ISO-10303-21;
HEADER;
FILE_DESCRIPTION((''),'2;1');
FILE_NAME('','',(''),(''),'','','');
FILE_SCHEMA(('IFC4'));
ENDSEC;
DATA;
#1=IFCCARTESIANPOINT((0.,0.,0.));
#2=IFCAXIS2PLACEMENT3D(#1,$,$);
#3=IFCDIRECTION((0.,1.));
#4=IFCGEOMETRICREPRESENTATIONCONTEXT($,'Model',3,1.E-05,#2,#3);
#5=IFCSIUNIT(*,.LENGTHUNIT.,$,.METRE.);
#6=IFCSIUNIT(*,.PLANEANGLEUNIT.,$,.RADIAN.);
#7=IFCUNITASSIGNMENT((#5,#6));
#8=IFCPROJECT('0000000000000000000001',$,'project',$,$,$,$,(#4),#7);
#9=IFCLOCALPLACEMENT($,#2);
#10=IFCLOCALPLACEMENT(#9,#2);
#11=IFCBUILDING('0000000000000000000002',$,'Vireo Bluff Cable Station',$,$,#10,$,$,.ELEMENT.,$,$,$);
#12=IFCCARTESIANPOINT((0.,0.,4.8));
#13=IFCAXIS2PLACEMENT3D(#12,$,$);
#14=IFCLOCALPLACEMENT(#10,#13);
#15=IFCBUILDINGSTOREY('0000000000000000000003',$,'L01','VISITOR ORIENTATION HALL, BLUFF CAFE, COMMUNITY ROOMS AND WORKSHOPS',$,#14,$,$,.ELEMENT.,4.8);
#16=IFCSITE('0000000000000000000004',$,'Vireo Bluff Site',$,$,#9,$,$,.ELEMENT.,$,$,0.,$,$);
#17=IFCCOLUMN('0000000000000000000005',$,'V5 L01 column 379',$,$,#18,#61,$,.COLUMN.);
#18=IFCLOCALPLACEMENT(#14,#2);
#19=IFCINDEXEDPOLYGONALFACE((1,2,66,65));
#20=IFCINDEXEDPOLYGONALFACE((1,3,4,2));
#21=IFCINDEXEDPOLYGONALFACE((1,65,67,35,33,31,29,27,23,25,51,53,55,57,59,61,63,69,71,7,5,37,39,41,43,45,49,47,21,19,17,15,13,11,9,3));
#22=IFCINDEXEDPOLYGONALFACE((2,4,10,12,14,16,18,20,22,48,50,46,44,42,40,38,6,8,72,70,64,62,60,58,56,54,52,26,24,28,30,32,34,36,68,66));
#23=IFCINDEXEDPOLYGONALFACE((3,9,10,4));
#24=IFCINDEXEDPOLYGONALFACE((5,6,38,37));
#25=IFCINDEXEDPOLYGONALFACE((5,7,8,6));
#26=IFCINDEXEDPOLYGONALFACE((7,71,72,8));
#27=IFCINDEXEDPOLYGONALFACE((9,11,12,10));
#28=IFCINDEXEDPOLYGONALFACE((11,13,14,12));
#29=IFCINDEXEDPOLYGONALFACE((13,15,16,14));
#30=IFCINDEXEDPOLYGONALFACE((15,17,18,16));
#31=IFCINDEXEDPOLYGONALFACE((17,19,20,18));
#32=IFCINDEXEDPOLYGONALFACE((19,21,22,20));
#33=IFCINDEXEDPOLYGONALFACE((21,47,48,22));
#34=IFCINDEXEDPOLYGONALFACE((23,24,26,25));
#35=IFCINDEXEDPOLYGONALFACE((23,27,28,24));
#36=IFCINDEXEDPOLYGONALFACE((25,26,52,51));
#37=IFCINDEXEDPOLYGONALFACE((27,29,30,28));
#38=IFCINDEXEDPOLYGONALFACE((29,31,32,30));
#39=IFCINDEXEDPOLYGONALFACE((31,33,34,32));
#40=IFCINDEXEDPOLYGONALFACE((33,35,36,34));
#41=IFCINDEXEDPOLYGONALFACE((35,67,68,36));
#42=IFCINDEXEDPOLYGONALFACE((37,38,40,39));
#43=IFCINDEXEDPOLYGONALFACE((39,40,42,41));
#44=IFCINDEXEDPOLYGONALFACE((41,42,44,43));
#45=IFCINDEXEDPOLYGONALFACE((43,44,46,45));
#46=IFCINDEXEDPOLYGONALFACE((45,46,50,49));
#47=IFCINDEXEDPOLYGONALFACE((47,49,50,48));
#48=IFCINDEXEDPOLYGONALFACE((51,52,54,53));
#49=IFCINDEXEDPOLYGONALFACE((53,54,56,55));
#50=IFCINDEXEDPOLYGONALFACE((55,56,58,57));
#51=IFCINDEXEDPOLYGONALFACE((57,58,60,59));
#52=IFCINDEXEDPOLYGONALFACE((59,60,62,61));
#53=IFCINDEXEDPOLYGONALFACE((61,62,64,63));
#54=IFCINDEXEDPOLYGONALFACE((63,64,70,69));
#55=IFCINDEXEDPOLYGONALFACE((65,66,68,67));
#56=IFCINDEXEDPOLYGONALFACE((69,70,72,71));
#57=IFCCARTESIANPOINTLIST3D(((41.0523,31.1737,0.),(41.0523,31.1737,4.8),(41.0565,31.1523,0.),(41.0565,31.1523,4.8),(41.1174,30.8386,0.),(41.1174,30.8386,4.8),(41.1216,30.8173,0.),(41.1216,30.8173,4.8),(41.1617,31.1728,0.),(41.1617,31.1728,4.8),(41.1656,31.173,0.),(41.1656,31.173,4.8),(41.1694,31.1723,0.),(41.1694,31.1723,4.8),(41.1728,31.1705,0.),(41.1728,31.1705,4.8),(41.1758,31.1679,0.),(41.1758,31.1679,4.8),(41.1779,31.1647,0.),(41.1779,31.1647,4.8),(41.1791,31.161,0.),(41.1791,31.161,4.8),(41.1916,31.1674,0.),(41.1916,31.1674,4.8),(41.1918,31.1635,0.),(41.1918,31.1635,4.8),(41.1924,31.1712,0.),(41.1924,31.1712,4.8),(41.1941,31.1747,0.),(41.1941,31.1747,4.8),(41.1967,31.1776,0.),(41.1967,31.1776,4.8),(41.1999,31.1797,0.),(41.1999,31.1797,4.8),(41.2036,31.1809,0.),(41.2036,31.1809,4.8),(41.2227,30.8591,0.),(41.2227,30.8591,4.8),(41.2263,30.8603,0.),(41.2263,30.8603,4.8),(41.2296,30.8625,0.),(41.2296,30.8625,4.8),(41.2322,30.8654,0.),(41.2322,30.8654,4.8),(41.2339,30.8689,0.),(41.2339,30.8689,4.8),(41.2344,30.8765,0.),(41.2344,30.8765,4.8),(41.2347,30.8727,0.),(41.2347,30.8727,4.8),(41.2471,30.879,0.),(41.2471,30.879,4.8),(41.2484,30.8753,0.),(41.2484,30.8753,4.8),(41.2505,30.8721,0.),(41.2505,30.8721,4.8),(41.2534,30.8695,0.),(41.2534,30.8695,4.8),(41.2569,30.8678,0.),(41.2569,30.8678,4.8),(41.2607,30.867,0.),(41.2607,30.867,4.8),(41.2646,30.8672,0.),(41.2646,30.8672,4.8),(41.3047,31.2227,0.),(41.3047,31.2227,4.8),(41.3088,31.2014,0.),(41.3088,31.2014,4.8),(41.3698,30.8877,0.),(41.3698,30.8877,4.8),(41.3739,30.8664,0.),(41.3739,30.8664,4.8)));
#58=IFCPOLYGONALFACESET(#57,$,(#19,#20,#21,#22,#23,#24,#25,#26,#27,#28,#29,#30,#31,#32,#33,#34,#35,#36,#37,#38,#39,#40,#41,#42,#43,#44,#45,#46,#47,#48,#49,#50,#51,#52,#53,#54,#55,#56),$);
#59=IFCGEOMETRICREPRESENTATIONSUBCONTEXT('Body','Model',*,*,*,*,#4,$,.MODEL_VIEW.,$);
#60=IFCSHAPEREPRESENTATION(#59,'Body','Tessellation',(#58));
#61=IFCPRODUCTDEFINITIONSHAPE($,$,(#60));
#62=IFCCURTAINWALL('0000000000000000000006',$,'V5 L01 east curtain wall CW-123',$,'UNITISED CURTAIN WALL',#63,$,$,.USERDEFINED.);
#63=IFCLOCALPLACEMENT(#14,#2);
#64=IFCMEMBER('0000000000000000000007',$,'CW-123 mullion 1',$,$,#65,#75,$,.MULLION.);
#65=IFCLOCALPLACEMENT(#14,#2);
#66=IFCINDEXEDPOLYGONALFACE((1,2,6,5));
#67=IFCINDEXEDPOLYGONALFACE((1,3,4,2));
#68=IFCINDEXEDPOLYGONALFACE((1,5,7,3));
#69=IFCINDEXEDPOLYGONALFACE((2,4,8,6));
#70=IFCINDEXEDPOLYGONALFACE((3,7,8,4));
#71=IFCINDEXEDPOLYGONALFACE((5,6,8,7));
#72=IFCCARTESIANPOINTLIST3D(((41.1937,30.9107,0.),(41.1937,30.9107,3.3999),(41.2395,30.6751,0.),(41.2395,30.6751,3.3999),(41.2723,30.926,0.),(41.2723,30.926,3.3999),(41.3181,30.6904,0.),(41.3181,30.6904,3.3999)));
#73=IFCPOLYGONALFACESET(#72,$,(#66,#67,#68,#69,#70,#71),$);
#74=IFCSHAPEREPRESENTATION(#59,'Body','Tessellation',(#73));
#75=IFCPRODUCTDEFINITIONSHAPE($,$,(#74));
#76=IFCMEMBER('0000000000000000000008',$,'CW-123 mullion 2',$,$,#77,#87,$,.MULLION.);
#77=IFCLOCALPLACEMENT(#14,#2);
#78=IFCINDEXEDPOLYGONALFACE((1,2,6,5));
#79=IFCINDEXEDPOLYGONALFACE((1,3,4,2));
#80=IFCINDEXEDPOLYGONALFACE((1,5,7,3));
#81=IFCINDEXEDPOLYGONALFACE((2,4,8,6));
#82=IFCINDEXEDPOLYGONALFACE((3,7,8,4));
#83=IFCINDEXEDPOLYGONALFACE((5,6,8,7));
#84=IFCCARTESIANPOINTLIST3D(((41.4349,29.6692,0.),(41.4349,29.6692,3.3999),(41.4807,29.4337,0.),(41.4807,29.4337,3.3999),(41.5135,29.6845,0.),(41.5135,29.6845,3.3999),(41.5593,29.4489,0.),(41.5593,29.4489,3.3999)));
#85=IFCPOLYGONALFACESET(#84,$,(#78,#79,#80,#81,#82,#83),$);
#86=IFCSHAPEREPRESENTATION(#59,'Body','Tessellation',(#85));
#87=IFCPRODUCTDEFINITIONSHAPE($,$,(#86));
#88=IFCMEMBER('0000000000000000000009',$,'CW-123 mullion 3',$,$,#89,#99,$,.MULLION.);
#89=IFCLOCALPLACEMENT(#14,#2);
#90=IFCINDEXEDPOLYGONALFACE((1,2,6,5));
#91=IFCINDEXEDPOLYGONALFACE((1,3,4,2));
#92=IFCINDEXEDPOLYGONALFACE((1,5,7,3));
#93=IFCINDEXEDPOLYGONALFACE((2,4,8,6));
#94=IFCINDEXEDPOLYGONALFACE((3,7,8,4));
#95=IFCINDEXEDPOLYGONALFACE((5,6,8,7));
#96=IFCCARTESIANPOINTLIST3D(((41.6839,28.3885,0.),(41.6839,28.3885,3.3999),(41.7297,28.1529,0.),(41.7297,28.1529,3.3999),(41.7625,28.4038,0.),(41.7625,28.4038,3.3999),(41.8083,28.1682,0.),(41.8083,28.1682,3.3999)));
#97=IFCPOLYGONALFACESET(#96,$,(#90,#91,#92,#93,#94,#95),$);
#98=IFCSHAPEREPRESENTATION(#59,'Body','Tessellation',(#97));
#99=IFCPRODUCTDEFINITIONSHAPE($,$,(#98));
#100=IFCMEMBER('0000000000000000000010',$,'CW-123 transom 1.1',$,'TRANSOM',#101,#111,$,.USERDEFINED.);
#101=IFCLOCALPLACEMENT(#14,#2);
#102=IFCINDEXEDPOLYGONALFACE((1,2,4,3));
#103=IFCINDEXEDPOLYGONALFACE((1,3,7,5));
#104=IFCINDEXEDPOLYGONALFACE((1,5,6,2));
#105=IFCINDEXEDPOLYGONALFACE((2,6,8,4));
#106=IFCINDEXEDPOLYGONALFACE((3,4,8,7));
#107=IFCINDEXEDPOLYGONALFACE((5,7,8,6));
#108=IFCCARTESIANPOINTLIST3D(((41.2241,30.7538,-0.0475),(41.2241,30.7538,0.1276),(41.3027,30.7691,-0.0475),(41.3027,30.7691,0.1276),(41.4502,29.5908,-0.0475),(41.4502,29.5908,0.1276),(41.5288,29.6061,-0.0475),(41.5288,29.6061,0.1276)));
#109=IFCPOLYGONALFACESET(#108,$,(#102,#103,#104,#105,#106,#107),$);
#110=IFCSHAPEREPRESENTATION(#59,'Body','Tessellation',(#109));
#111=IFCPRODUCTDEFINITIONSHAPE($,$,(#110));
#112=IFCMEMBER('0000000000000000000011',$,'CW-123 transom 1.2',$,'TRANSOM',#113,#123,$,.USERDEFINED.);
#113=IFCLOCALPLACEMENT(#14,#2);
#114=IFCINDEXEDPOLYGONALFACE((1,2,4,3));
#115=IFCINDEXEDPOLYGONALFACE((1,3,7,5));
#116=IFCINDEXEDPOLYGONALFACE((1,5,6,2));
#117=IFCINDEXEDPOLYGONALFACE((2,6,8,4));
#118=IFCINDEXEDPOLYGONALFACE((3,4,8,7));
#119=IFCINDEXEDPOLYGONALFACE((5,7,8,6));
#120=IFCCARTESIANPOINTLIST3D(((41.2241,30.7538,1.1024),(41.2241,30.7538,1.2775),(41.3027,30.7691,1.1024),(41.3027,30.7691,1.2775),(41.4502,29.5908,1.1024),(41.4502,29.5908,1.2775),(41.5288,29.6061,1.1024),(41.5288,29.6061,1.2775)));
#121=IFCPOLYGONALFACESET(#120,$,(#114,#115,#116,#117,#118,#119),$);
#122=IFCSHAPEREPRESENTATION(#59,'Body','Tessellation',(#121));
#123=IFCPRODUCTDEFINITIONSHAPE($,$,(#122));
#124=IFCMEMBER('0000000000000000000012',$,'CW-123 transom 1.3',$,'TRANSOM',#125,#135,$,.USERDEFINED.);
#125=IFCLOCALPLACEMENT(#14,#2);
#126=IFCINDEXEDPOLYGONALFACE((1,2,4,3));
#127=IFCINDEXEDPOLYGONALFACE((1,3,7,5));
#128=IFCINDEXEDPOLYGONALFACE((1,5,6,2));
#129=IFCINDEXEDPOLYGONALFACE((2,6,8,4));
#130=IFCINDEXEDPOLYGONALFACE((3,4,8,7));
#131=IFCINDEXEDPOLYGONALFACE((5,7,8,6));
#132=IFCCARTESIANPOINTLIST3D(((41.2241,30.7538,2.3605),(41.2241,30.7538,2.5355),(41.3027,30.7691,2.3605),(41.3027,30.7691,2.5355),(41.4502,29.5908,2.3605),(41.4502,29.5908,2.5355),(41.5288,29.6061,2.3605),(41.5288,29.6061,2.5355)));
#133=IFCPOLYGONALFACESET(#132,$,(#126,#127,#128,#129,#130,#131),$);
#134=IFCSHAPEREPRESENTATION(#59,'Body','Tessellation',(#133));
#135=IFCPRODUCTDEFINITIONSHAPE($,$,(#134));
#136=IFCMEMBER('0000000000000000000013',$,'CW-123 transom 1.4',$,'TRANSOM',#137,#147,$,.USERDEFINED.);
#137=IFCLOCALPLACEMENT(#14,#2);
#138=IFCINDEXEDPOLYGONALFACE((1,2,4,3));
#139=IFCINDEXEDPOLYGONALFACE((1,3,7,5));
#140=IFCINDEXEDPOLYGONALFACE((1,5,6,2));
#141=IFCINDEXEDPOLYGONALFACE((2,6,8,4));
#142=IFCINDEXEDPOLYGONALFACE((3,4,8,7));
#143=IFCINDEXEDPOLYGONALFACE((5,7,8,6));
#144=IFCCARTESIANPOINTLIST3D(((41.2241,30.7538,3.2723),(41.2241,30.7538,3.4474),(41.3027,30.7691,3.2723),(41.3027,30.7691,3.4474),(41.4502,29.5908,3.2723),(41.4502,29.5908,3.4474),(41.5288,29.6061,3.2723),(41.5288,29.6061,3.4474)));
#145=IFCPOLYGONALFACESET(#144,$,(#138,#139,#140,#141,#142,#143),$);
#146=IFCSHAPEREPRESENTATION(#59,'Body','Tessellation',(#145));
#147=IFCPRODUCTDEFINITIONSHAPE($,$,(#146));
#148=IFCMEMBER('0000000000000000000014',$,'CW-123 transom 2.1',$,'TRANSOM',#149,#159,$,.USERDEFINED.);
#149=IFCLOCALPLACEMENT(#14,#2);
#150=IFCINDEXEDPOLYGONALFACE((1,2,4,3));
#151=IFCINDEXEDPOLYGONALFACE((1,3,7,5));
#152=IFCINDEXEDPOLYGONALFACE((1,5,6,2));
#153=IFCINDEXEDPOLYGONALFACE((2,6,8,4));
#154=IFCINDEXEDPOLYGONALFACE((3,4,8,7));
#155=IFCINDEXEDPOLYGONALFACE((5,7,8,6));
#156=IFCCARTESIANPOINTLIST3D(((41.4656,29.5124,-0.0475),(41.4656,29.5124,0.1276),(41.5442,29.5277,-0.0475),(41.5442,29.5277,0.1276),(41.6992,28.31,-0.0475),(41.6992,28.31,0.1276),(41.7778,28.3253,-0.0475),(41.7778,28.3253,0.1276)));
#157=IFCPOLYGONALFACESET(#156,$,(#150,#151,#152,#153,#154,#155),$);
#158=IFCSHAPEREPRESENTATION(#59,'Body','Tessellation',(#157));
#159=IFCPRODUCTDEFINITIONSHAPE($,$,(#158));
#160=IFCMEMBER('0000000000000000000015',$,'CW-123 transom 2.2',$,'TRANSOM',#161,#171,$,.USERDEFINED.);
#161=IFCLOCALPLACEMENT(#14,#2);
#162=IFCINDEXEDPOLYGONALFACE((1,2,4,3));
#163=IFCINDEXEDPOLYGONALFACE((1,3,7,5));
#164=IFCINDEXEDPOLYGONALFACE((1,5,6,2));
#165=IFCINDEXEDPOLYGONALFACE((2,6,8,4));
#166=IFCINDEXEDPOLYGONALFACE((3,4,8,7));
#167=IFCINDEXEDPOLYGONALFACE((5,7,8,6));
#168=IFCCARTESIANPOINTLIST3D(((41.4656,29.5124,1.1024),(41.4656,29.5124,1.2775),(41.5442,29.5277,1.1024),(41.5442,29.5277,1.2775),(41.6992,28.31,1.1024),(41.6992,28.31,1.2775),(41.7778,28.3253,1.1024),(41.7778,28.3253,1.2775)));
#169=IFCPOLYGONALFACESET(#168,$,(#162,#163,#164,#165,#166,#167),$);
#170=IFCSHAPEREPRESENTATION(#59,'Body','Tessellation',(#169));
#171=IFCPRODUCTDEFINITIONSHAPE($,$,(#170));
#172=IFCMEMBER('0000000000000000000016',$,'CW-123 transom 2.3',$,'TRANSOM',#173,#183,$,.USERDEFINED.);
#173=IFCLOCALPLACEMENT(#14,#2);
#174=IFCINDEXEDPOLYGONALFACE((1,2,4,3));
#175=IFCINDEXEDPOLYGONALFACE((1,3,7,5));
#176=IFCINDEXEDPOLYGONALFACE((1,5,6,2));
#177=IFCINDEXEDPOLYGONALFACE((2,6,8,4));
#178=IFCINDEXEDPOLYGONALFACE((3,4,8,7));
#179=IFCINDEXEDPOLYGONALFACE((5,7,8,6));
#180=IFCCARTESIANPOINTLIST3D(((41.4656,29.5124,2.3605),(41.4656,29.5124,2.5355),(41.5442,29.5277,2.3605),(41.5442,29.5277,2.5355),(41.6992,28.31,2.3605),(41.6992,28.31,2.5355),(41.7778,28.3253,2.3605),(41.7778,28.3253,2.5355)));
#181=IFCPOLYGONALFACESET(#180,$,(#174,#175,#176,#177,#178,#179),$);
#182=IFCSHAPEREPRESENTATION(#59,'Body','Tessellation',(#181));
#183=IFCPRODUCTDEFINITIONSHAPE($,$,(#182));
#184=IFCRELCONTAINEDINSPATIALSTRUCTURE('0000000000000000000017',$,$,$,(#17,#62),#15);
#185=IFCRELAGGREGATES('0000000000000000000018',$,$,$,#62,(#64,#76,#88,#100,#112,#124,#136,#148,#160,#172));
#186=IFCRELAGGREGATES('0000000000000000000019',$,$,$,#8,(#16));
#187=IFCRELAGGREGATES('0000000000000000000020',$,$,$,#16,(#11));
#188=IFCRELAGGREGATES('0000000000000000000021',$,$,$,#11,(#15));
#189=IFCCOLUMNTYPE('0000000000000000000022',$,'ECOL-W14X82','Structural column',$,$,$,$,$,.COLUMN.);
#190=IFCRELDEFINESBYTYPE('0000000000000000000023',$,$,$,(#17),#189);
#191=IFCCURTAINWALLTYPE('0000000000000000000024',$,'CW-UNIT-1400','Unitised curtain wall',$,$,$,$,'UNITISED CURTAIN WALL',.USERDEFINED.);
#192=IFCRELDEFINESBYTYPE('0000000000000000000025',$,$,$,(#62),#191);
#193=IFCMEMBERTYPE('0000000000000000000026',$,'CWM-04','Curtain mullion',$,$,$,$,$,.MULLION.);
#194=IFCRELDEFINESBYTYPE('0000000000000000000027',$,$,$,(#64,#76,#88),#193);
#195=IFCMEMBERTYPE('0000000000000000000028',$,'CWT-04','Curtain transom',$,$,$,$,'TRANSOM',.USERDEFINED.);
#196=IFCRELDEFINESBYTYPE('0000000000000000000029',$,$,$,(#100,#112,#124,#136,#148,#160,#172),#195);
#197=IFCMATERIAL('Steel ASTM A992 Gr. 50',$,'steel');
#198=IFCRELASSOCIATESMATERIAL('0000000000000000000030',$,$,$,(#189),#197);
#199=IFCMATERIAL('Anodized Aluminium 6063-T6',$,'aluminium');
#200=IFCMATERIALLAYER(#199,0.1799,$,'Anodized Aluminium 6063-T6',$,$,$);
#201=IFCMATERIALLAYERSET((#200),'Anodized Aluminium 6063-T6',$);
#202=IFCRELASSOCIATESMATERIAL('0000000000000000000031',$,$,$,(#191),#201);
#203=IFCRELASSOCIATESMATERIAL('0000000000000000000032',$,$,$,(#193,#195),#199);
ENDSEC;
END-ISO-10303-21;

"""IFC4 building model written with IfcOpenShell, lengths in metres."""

from ifc_helpers import new_model, si_unit, direction, frame, origin, origin_2d, place, context, subcontext, project, spatial, rectangle, i_section, extrude, material, layer, layer_set, material_profile, profile_set, type_object, element, aggregate, save


model = new_model("IFC4")

# Units and contexts
model_context = context("Model", 3, precision=1e-05, world=origin(), true_north=direction((0.0, 1.0)))
body_context = subcontext(model_context, "Body", "Model", "MODEL_VIEW")
ifc_project = project(units=[si_unit("LENGTHUNIT", "METRE"), si_unit("PLANEANGLEUNIT", "RADIAN")], contexts=[model_context])

# Site, building, storey
site_placement = place(None, origin())
site = spatial("IfcSite", under=ifc_project, at=site_placement, Name="Vireo Bluff Site", CompositionType="ELEMENT", RefElevation=0.0)
building_placement = place(site_placement, origin())
building = spatial("IfcBuilding", under=site, at=building_placement, Name="Vireo Bluff Cable Station", CompositionType="ELEMENT")
storey_placement = place(building_placement, frame((0.0, 0.0, 4.8)))
storey = spatial("IfcBuildingStorey", under=building, at=storey_placement, Name="L01", Description="VISITOR ORIENTATION HALL, BLUFF CAFE, COMMUNITY ROOMS AND WORKSHOPS", CompositionType="ELEMENT", Elevation=4.8)

# Column
ifc_material_1 = material(Name="Steel ASTM A992 Gr. 50", Category="steel")
ifc_material_profile_1 = material_profile(ifc_material_1, i_section(OverallWidth=0.2571, OverallDepth=0.363, WebThickness=0.0129, FlangeThickness=0.0217, FilletRadius=0.0149, at=origin_2d()), Name="W14X82")
ifc_profile_set_1 = profile_set([ifc_material_profile_1], Name="Steel ASTM A992 Gr. 50")
column_type = type_object("IfcColumnType", Name="ECOL-W14X82", Description="Structural column", PredefinedType="COLUMN", material=ifc_profile_set_1)
column_placement = place(storey_placement, frame((41.2131, 31.02, 0.0), z_axis=(0.0, 0.0, 1.0), x_axis=(0.981627, 0.190809, 0.0)))
element("IfcColumn", 1, at=column_placement, inside=storey, type_object=column_type, Name="V5 L01 column 379", PredefinedType="COLUMN", context=body_context, shape_type="SweptSolid", body=[
    extrude(i_section(OverallWidth=0.2571, OverallDepth=0.363, WebThickness=0.0129, FlangeThickness=0.0217, FilletRadius=0.0149, at=origin_2d()), origin(), (0.0, 0.0, 1.0), 4.8),
])

# Curtain wall, members
ifc_material_2 = material(Name="Anodized Aluminium 6063-T6", Category="aluminium")
ifc_layer_1 = layer(ifc_material_2, 0.1799, Name="Anodized Aluminium 6063-T6")
ifc_layer_set_1 = layer_set([ifc_layer_1], Name="Anodized Aluminium 6063-T6")
curtain_wall_type = type_object("IfcCurtainWallType", Name="CW-UNIT-1400", Description="Unitised curtain wall", ElementType="UNITISED CURTAIN WALL", PredefinedType="USERDEFINED", material=ifc_layer_set_1)
curtain_wall_placement = place(storey_placement, origin())
curtain_wall = element("IfcCurtainWall", 2, at=curtain_wall_placement, inside=storey, type_object=curtain_wall_type, Name="V5 L01 east curtain wall CW-123", ObjectType="UNITISED CURTAIN WALL", PredefinedType="USERDEFINED")
ifc_material_profile_2 = material_profile(ifc_material_2, rectangle(XDim=0.0801, YDim=0.24, at=origin_2d()), Name="ALU-M-80X240")
ifc_profile_set_2 = profile_set([ifc_material_profile_2], Name="Anodized Aluminium 6063-T6")
member_type_1 = type_object("IfcMemberType", Name="CWM-04", Description="Curtain mullion", PredefinedType="MULLION", material=ifc_profile_set_2)
member_1_placement = place(storey_placement, frame((41.2559, 30.8005, 0.0), z_axis=(0.0, 0.0, 1.0), x_axis=(0.981627, 0.190809, 0.0)))
member_1 = element("IfcMember", 3, at=member_1_placement, type_object=member_type_1, Name="CW-123 mullion 1", PredefinedType="MULLION", context=body_context, shape_type="SweptSolid", body=[
    extrude(rectangle(XDim=0.0801, YDim=0.24, at=origin_2d()), origin(), (0.0, 0.0, 1.0), 3.3999),
])
member_2_placement = place(storey_placement, frame((41.4971, 29.5591, 0.0), z_axis=(0.0, 0.0, 1.0), x_axis=(0.981627, 0.190809, 0.0)))
member_2 = element("IfcMember", 4, at=member_2_placement, type_object=member_type_1, Name="CW-123 mullion 2", PredefinedType="MULLION", context=body_context, shape_type="SweptSolid", body=[
    extrude(rectangle(XDim=0.0801, YDim=0.24, at=origin_2d()), origin(), (0.0, 0.0, 1.0), 3.3999),
])
member_3_placement = place(storey_placement, frame((41.7461, 28.2783, 0.0), z_axis=(0.0, 0.0, 1.0), x_axis=(0.981627, 0.190809, 0.0)))
member_3 = element("IfcMember", 5, at=member_3_placement, type_object=member_type_1, Name="CW-123 mullion 3", PredefinedType="MULLION", context=body_context, shape_type="SweptSolid", body=[
    extrude(rectangle(XDim=0.0801, YDim=0.24, at=origin_2d()), origin(), (0.0, 0.0, 1.0), 3.3999),
])
ifc_material_profile_3 = material_profile(ifc_material_2, rectangle(XDim=0.0801, YDim=0.175, at=origin_2d()), Name="ALU-T-80X175")
ifc_profile_set_3 = profile_set([ifc_material_profile_3], Name="Anodized Aluminium 6063-T6")
member_type_2 = type_object("IfcMemberType", Name="CWT-04", Description="Curtain transom", ElementType="TRANSOM", PredefinedType="USERDEFINED", material=ifc_profile_set_3)
member_4_placement = place(storey_placement, frame((41.2634, 30.7615, 0.04), z_axis=(0.190803, -0.981628, 0.0), x_axis=(0.981628, 0.190803, 0.0)))
member_4 = element("IfcMember", 6, at=member_4_placement, type_object=member_type_2, Name="CW-123 transom 1.1", ObjectType="TRANSOM", PredefinedType="USERDEFINED", context=body_context, shape_type="SweptSolid", body=[
    extrude(rectangle(XDim=0.0801, YDim=0.175, at=origin_2d()), origin(), (0.0, 0.0, 1.0), 1.1848),
])
member_5_placement = place(storey_placement, frame((41.2634, 30.7615, 1.1899), z_axis=(0.190803, -0.981628, 0.0), x_axis=(0.981628, 0.190803, 0.0)))
member_5 = element("IfcMember", 7, at=member_5_placement, type_object=member_type_2, Name="CW-123 transom 1.2", ObjectType="TRANSOM", PredefinedType="USERDEFINED", context=body_context, shape_type="SweptSolid", body=[
    extrude(rectangle(XDim=0.0801, YDim=0.175, at=origin_2d()), origin(), (0.0, 0.0, 1.0), 1.1848),
])
member_6_placement = place(storey_placement, frame((41.2634, 30.7615, 2.448), z_axis=(0.190803, -0.981628, 0.0), x_axis=(0.981628, 0.190803, 0.0)))
member_6 = element("IfcMember", 8, at=member_6_placement, type_object=member_type_2, Name="CW-123 transom 1.3", ObjectType="TRANSOM", PredefinedType="USERDEFINED", context=body_context, shape_type="SweptSolid", body=[
    extrude(rectangle(XDim=0.0801, YDim=0.175, at=origin_2d()), origin(), (0.0, 0.0, 1.0), 1.1848),
])
member_7_placement = place(storey_placement, frame((41.2634, 30.7615, 3.3599), z_axis=(0.190803, -0.981628, 0.0), x_axis=(0.981628, 0.190803, 0.0)))
member_7 = element("IfcMember", 9, at=member_7_placement, type_object=member_type_2, Name="CW-123 transom 1.4", ObjectType="TRANSOM", PredefinedType="USERDEFINED", context=body_context, shape_type="SweptSolid", body=[
    extrude(rectangle(XDim=0.0801, YDim=0.175, at=origin_2d()), origin(), (0.0, 0.0, 1.0), 1.1848),
])
member_8_placement = place(storey_placement, frame((41.5049, 29.52, 0.04), z_axis=(0.190747, -0.981639, 0.0), x_axis=(0.981639, 0.190747, 0.0)))
member_8 = element("IfcMember", 10, at=member_8_placement, type_object=member_type_2, Name="CW-123 transom 2.1", ObjectType="TRANSOM", PredefinedType="USERDEFINED", context=body_context, shape_type="SweptSolid", body=[
    extrude(rectangle(XDim=0.0801, YDim=0.175, at=origin_2d()), origin(), (0.0, 0.0, 1.0), 1.2249),
])
member_9_placement = place(storey_placement, frame((41.5049, 29.52, 1.1899), z_axis=(0.190747, -0.981639, 0.0), x_axis=(0.981639, 0.190747, 0.0)))
member_9 = element("IfcMember", 11, at=member_9_placement, type_object=member_type_2, Name="CW-123 transom 2.2", ObjectType="TRANSOM", PredefinedType="USERDEFINED", context=body_context, shape_type="SweptSolid", body=[
    extrude(rectangle(XDim=0.0801, YDim=0.175, at=origin_2d()), origin(), (0.0, 0.0, 1.0), 1.2249),
])
member_10_placement = place(storey_placement, frame((41.5049, 29.52, 2.448), z_axis=(0.190747, -0.981639, 0.0), x_axis=(0.981639, 0.190747, 0.0)))
member_10 = element("IfcMember", 12, at=member_10_placement, type_object=member_type_2, Name="CW-123 transom 2.3", ObjectType="TRANSOM", PredefinedType="USERDEFINED", context=body_context, shape_type="SweptSolid", body=[
    extrude(rectangle(XDim=0.0801, YDim=0.175, at=origin_2d()), origin(), (0.0, 0.0, 1.0), 1.2249),
])

aggregate(curtain_wall, [member_1, member_2, member_3, member_4, member_5, member_6, member_7, member_8, member_9, member_10])

save(model, "model.ifc")
